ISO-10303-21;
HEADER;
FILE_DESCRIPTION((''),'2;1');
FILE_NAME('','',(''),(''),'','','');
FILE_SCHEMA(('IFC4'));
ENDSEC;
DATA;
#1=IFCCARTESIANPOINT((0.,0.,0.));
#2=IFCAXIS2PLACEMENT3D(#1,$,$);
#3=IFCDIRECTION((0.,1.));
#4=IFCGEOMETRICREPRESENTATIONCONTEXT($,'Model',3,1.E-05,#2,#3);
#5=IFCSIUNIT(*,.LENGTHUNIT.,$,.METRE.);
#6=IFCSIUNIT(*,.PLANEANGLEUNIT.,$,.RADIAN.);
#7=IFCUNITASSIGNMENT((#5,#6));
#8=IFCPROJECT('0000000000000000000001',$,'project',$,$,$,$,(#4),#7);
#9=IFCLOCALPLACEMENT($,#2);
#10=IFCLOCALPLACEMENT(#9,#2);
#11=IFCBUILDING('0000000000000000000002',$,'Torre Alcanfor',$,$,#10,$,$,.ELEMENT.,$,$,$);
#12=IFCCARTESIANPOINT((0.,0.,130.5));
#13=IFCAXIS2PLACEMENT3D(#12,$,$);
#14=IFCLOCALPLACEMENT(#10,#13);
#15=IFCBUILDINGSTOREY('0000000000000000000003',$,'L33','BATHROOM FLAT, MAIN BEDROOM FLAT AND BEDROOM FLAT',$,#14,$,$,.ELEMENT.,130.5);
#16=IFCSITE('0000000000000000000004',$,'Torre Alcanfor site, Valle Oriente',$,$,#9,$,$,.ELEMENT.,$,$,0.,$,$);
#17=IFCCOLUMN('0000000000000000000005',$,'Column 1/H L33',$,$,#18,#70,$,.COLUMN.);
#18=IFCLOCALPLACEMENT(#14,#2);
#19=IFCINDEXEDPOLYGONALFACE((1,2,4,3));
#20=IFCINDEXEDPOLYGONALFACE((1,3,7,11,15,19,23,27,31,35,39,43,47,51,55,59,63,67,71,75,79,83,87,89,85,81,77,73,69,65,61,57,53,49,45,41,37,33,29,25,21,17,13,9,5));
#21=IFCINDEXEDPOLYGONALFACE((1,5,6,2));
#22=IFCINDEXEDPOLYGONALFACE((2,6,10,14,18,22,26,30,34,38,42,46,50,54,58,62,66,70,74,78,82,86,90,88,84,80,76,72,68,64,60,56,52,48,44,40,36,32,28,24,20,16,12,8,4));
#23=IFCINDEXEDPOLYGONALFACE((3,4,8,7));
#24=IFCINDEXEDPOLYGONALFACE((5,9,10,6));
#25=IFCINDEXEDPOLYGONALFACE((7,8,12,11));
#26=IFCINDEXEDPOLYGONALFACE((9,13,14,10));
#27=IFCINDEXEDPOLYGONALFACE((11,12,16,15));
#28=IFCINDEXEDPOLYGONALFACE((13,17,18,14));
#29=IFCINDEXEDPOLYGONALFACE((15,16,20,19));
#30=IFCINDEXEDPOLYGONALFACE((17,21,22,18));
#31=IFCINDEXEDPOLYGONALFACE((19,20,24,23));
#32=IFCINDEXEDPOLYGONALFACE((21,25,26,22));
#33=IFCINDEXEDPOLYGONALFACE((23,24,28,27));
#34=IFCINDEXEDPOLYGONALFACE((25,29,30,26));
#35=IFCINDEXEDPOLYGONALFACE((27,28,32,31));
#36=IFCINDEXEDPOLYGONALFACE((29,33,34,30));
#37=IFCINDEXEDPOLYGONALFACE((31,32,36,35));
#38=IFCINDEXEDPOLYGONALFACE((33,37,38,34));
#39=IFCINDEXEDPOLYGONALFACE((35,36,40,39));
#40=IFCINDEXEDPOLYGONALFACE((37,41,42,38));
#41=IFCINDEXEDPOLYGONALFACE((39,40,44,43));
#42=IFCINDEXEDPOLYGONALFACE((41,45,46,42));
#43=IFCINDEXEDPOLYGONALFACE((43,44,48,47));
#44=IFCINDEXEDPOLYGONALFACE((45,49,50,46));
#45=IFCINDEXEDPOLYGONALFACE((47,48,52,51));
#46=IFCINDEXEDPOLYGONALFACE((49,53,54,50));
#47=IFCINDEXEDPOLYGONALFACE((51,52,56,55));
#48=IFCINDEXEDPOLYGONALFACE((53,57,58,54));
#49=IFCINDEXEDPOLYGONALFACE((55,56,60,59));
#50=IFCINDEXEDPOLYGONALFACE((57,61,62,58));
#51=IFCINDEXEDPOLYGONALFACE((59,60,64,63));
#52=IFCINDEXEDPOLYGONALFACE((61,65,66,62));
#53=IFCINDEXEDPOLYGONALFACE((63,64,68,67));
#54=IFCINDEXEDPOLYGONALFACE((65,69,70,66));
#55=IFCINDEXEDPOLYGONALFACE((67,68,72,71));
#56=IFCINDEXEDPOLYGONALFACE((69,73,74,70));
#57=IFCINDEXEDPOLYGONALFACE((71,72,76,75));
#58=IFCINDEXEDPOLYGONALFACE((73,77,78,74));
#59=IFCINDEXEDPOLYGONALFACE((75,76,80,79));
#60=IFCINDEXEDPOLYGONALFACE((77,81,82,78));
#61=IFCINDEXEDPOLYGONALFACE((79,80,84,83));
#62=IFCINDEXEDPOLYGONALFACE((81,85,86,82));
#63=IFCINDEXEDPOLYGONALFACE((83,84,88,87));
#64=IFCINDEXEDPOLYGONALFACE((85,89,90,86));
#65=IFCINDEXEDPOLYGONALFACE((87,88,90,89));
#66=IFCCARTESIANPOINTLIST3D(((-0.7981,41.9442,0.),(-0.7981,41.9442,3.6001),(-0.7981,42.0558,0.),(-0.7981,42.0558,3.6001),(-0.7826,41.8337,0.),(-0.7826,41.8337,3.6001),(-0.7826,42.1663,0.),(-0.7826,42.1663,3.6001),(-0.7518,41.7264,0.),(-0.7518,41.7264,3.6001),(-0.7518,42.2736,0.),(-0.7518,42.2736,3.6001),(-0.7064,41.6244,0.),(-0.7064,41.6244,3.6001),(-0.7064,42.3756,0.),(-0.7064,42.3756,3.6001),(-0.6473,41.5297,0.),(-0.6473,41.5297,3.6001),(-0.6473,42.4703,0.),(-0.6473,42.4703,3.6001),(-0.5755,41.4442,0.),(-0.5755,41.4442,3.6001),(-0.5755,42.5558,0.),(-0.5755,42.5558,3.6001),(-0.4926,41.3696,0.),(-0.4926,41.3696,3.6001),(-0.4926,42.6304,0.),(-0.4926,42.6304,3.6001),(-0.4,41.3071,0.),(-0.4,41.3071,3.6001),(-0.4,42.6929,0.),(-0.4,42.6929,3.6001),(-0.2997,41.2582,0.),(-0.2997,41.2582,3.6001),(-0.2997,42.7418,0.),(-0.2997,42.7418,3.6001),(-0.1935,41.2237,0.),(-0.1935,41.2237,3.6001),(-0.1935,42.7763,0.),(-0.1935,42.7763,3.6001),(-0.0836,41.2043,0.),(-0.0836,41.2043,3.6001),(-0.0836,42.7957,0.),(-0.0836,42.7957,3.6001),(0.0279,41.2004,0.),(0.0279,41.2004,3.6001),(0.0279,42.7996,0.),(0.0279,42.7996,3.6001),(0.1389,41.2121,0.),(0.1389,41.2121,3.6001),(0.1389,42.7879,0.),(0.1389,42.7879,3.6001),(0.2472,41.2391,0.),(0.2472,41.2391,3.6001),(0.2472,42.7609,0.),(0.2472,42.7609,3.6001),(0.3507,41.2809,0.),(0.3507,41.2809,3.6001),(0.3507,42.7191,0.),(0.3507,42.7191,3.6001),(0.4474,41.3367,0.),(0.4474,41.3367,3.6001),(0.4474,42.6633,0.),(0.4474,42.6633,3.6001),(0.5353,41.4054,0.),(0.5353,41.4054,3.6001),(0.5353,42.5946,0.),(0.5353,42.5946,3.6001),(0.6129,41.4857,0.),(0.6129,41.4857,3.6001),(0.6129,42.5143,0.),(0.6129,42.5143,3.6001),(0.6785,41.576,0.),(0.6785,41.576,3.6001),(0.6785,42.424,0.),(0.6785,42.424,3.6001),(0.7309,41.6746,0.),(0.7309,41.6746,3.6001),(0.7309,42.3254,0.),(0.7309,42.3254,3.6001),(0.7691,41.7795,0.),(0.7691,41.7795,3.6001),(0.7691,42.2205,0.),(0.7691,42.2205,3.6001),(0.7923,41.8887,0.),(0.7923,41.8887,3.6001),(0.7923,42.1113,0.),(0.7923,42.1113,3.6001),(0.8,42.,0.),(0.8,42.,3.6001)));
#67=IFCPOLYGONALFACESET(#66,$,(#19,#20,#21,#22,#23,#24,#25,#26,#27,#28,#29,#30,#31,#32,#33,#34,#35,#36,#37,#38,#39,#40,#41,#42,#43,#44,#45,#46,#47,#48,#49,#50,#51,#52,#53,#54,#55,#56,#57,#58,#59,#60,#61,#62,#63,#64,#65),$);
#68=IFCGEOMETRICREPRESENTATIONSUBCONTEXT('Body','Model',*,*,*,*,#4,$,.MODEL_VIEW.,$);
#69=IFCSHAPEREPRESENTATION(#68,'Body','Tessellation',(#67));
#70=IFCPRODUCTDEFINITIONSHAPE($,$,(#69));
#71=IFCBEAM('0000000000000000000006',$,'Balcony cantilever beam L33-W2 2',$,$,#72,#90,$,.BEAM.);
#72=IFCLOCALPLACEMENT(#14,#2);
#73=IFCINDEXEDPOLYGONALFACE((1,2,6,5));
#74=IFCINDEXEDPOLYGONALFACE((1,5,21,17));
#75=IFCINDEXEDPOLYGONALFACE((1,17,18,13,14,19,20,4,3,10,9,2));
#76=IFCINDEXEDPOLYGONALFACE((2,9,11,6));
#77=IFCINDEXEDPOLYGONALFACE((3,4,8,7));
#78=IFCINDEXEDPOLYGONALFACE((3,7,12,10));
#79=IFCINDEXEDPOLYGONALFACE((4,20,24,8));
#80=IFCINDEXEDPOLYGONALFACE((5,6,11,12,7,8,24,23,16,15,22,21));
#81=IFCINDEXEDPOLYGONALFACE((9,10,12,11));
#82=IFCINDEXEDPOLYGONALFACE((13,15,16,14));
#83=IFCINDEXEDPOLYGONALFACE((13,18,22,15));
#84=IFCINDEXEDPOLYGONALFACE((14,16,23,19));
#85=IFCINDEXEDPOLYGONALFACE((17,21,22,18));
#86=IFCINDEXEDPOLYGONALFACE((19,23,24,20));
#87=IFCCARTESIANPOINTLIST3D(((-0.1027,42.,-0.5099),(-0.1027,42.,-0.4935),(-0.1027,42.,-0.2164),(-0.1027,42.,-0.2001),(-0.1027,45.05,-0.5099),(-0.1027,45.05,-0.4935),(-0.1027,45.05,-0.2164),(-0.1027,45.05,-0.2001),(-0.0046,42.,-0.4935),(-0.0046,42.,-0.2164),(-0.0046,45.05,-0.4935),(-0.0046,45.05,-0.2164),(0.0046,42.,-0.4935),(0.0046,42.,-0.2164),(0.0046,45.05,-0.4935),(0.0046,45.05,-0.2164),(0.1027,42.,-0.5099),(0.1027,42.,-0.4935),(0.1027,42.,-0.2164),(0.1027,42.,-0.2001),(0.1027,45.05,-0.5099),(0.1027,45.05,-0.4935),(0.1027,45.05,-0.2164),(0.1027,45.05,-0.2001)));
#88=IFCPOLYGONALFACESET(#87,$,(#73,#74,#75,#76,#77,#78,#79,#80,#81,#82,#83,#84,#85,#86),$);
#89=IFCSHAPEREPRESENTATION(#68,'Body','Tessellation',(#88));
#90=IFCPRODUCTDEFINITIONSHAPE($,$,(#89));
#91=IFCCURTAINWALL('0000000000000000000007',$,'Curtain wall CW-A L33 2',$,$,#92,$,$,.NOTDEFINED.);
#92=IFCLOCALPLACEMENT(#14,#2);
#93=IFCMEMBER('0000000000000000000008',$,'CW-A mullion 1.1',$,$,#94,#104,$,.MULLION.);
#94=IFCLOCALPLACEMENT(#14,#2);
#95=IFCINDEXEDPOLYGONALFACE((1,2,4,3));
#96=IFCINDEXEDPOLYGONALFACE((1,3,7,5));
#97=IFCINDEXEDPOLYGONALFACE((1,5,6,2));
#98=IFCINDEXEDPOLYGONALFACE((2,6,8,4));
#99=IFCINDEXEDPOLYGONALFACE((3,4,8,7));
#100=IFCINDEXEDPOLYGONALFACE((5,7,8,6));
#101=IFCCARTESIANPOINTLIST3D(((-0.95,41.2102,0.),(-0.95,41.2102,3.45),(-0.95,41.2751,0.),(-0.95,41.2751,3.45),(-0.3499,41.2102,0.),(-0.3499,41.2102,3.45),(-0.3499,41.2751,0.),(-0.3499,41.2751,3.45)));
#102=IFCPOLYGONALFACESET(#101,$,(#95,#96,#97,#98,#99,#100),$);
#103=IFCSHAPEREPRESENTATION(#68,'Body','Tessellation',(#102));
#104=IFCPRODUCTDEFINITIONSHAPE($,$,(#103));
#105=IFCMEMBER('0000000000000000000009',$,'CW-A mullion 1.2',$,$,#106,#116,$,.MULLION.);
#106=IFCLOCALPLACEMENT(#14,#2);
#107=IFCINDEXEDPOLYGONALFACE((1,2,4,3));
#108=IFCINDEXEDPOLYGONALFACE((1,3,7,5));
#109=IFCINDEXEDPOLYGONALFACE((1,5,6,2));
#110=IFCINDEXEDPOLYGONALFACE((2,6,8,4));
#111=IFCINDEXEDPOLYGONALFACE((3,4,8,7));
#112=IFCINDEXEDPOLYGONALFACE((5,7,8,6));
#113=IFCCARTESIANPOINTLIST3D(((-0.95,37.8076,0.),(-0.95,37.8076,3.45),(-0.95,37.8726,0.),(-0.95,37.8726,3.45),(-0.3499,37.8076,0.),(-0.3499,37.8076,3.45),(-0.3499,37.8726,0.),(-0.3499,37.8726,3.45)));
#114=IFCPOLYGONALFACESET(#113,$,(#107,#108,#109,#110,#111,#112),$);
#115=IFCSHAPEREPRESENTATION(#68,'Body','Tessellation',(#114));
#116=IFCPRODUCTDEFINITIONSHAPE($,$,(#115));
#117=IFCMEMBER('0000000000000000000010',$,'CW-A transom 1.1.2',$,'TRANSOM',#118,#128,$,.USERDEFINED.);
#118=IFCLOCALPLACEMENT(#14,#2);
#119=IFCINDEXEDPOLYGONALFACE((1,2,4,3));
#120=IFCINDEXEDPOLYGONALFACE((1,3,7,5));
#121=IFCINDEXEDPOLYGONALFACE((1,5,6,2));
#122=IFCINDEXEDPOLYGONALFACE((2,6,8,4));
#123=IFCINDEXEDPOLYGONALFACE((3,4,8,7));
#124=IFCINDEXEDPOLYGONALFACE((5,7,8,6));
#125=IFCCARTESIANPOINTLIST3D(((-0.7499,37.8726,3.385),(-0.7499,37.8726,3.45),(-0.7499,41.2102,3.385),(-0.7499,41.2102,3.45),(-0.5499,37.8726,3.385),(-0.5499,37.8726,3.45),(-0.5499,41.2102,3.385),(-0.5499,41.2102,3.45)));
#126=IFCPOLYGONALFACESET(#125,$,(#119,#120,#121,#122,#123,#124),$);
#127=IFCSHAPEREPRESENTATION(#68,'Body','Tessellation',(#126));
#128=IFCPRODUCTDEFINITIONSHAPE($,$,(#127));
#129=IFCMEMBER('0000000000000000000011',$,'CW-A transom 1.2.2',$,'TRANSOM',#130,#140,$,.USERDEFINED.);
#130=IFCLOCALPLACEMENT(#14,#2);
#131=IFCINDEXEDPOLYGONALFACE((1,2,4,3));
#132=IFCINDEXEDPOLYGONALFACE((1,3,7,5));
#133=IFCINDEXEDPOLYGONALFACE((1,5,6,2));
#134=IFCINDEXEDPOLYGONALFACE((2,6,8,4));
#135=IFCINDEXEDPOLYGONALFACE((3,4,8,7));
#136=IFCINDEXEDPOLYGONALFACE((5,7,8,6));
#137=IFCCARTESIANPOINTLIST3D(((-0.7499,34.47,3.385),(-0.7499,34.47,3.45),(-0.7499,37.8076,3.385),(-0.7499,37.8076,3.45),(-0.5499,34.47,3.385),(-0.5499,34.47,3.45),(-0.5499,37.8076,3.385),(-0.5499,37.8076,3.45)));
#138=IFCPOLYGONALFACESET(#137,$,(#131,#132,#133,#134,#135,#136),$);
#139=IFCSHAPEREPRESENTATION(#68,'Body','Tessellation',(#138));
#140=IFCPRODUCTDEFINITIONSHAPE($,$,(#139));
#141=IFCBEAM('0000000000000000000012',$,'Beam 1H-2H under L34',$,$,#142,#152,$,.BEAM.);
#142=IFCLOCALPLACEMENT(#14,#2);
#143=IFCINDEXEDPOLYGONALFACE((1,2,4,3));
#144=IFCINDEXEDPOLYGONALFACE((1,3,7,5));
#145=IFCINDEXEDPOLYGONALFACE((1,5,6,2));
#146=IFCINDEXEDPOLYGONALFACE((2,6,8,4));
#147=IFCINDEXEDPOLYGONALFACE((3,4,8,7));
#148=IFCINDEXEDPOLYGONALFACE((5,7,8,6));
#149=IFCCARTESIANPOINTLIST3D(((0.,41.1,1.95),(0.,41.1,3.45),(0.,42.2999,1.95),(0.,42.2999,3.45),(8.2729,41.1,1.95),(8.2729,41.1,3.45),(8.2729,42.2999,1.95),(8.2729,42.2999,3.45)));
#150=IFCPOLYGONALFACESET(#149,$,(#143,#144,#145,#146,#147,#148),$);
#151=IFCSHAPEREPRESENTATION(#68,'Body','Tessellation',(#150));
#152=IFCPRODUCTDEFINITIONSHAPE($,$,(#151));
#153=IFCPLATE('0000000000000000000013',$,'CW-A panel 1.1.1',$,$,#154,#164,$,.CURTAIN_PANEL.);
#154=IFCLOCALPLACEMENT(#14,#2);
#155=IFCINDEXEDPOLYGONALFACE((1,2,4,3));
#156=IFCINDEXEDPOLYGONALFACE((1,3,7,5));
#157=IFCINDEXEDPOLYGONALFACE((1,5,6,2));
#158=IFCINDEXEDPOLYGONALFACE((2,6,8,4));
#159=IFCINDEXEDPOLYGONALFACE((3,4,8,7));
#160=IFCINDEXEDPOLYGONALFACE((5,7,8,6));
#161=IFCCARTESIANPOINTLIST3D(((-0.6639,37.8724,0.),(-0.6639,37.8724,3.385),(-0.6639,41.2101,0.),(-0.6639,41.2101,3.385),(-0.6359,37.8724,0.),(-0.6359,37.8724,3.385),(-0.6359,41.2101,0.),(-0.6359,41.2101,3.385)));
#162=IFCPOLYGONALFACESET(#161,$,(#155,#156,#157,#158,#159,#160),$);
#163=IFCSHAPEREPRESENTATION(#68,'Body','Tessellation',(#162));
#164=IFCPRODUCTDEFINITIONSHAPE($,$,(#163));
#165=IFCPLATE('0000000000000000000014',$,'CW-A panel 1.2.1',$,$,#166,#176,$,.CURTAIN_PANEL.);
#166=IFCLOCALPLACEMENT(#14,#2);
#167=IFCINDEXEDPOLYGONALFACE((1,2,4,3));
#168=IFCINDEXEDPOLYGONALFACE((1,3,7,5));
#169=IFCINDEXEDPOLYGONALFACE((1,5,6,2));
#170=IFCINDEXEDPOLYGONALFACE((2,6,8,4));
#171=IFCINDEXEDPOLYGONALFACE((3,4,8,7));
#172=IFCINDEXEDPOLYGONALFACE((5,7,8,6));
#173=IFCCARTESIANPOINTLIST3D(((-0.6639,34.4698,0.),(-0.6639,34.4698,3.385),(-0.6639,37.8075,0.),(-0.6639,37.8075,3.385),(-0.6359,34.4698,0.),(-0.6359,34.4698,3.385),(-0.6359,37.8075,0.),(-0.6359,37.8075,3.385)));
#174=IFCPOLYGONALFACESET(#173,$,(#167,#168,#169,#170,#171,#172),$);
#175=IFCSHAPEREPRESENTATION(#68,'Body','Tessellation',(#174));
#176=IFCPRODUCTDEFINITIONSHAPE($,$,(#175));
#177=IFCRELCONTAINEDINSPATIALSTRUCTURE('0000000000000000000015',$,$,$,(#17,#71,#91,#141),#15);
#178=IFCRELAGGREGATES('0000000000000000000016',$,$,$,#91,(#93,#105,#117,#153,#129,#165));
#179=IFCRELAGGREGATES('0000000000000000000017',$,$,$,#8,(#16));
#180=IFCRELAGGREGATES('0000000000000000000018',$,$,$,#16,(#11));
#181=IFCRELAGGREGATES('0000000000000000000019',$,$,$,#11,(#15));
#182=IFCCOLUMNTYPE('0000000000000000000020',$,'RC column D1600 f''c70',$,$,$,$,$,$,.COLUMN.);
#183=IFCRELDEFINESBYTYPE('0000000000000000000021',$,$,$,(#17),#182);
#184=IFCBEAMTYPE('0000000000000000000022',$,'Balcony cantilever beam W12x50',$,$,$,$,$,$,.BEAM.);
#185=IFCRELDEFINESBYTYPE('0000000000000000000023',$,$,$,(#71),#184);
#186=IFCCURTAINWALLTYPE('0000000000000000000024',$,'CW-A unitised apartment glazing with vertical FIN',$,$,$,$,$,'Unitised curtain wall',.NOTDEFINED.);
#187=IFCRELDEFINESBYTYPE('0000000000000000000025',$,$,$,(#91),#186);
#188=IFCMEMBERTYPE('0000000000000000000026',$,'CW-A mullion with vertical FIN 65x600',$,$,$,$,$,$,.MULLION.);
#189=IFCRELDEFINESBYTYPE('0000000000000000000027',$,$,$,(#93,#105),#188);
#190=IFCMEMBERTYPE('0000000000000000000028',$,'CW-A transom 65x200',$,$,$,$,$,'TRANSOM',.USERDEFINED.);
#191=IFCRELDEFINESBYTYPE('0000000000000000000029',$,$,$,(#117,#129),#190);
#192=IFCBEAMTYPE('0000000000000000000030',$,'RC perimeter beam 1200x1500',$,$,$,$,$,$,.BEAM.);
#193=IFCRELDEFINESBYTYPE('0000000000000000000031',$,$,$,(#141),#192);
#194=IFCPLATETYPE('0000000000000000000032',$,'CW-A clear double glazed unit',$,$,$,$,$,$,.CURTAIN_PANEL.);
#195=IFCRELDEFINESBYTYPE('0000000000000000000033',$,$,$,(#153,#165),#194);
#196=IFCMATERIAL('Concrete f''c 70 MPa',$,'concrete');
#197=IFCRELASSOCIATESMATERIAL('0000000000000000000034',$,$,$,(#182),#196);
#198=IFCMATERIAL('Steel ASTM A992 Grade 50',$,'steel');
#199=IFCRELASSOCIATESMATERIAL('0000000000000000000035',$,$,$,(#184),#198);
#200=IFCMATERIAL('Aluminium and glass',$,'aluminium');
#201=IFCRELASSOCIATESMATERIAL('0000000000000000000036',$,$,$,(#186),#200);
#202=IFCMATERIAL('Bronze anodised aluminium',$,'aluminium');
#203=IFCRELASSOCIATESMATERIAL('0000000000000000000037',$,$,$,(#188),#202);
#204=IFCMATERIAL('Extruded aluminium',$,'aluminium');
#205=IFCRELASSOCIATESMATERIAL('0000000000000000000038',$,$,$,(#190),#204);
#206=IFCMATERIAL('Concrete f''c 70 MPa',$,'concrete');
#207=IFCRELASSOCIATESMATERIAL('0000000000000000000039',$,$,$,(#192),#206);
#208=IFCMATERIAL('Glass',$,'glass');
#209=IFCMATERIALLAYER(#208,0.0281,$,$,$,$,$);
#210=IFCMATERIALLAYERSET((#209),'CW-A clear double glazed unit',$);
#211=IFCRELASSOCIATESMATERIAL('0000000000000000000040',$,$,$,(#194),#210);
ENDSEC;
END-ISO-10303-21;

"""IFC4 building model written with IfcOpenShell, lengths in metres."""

from ifc_helpers import new_model, si_unit, direction, frame, origin, origin_2d, place, context, subcontext, project, spatial, rectangle, circle, i_section, extrude, material, layer, layer_set, material_profile, profile_set, type_object, element, aggregate, save


model = new_model("IFC4")

# Units and contexts
model_context = context("Model", 3, precision=1e-05, world=origin(), true_north=direction((0.0, 1.0)))
body_context = subcontext(model_context, "Body", "Model", "MODEL_VIEW")
ifc_project = project(units=[si_unit("LENGTHUNIT", "METRE"), si_unit("PLANEANGLEUNIT", "RADIAN")], contexts=[model_context])

# Site, building, storey
site_placement = place(None, origin())
site = spatial("IfcSite", under=ifc_project, at=site_placement, Name="Torre Alcanfor site, Valle Oriente", CompositionType="ELEMENT", RefElevation=0.0)
building_placement = place(site_placement, origin())
building = spatial("IfcBuilding", under=site, at=building_placement, Name="Torre Alcanfor", CompositionType="ELEMENT")
storey_placement = place(building_placement, frame((0.0, 0.0, 130.5)))
storey = spatial("IfcBuildingStorey", under=building, at=storey_placement, Name="L33", Description="BATHROOM FLAT, MAIN BEDROOM FLAT AND BEDROOM FLAT", CompositionType="ELEMENT", Elevation=130.5)

# Column
ifc_material_1 = material(Name="Concrete f'c 70 MPa", Category="concrete")
ifc_material_profile_1 = material_profile(ifc_material_1, circle(Radius=0.8, at=origin_2d()), Name="D1600")
ifc_profile_set_1 = profile_set([ifc_material_profile_1], Name="Concrete f'c 70 MPa")
column_type = type_object("IfcColumnType", Name="RC column D1600 f'c70", PredefinedType="COLUMN", material=ifc_profile_set_1)
column_placement = place(storey_placement, frame((0.0, 42.0, 0.0), z_axis=(0.0, 0.0, 1.0), x_axis=(1.0, 0.0, 0.0)))
element("IfcColumn", 1, at=column_placement, inside=storey, type_object=column_type, Name="Column 1/H L33", PredefinedType="COLUMN", context=body_context, shape_type="SweptSolid", body=[
    extrude(circle(Radius=0.8, at=origin_2d()), origin(), (0.0, 0.0, 1.0), 3.6001),
])

# Beam
ifc_material_2 = material(Name="Steel ASTM A992 Grade 50", Category="steel")
ifc_material_profile_2 = material_profile(ifc_material_2, i_section(OverallWidth=0.2053, OverallDepth=0.3098, WebThickness=0.0093, FlangeThickness=0.0164, at=origin_2d()), Name="W12x50")
ifc_profile_set_2 = profile_set([ifc_material_profile_2], Name="Steel ASTM A992 Grade 50")
beam_type_1 = type_object("IfcBeamType", Name="Balcony cantilever beam W12x50", PredefinedType="BEAM", material=ifc_profile_set_2)
beam_1_placement = place(storey_placement, frame((0.0, 42.0, -0.355), z_axis=(0.0, 1.0, 0.0), x_axis=(-1.0, 0.0, 0.0)))
element("IfcBeam", 2, at=beam_1_placement, inside=storey, type_object=beam_type_1, Name="Balcony cantilever beam L33-W2 2", PredefinedType="BEAM", context=body_context, shape_type="SweptSolid", body=[
    extrude(i_section(OverallWidth=0.2053, OverallDepth=0.3098, WebThickness=0.0093, FlangeThickness=0.0164, at=origin_2d()), origin(), (0.0, 0.0, 1.0), 3.05),
])

# Curtain wall, members
ifc_material_3 = material(Name="Aluminium and glass", Category="aluminium")
curtain_wall_type = type_object("IfcCurtainWallType", Name="CW-A unitised apartment glazing with vertical FIN", ElementType="Unitised curtain wall", PredefinedType="NOTDEFINED", material=ifc_material_3)
curtain_wall_placement = place(storey_placement, origin())
curtain_wall = element("IfcCurtainWall", 3, at=curtain_wall_placement, inside=storey, type_object=curtain_wall_type, Name="Curtain wall CW-A L33 2", PredefinedType="NOTDEFINED")
ifc_material_4 = material(Name="Bronze anodised aluminium", Category="aluminium")
ifc_material_profile_3 = material_profile(ifc_material_4, rectangle(XDim=0.6001, YDim=0.0649, at=origin_2d()), Name="CW-A mullion 65x600")
ifc_profile_set_3 = profile_set([ifc_material_profile_3], Name="Bronze anodised aluminium")
member_type_1 = type_object("IfcMemberType", Name="CW-A mullion with vertical FIN 65x600", PredefinedType="MULLION", material=ifc_profile_set_3)
member_1_placement = place(storey_placement, frame((-0.6499, 41.2427, 0.0), z_axis=(0.0, 0.0, 1.0), x_axis=(1.0, 0.0, 0.0)))
member_1 = element("IfcMember", 4, at=member_1_placement, type_object=member_type_1, Name="CW-A mullion 1.1", PredefinedType="MULLION", context=body_context, shape_type="SweptSolid", body=[
    extrude(rectangle(XDim=0.6001, YDim=0.0649, at=origin_2d()), origin(), (0.0, 0.0, 1.0), 3.45),
])
member_2_placement = place(storey_placement, frame((-0.6499, 37.8401, 0.0), z_axis=(0.0, 0.0, 1.0), x_axis=(1.0, 0.0, 0.0)))
member_2 = element("IfcMember", 5, at=member_2_placement, type_object=member_type_1, Name="CW-A mullion 1.2", PredefinedType="MULLION", context=body_context, shape_type="SweptSolid", body=[
    extrude(rectangle(XDim=0.6001, YDim=0.0649, at=origin_2d()), origin(), (0.0, 0.0, 1.0), 3.45),
])
ifc_material_5 = material(Name="Extruded aluminium", Category="aluminium")
ifc_material_profile_4 = material_profile(ifc_material_5, rectangle(XDim=0.2, YDim=0.0649, at=origin_2d()), Name="CW-A transom 200x65")
ifc_profile_set_4 = profile_set([ifc_material_profile_4], Name="Extruded aluminium")
member_type_2 = type_object("IfcMemberType", Name="CW-A transom 65x200", ElementType="TRANSOM", PredefinedType="USERDEFINED", material=ifc_profile_set_4)
member_3_placement = place(storey_placement, frame((-0.6499, 41.2102, 3.4175), z_axis=(0.0, -1.0, 0.0), x_axis=(1.0, 0.0, 0.0)))
member_3 = element("IfcMember", 6, at=member_3_placement, type_object=member_type_2, Name="CW-A transom 1.1.2", ObjectType="TRANSOM", PredefinedType="USERDEFINED", context=body_context, shape_type="SweptSolid", body=[
    extrude(rectangle(XDim=0.2, YDim=0.0649, at=origin_2d()), origin(), (0.0, 0.0, 1.0), 3.3376),
])
member_4_placement = place(storey_placement, frame((-0.6499, 37.8076, 3.4175), z_axis=(0.0, -1.0, 0.0), x_axis=(1.0, 0.0, 0.0)))
member_4 = element("IfcMember", 7, at=member_4_placement, type_object=member_type_2, Name="CW-A transom 1.2.2", ObjectType="TRANSOM", PredefinedType="USERDEFINED", context=body_context, shape_type="SweptSolid", body=[
    extrude(rectangle(XDim=0.2, YDim=0.0649, at=origin_2d()), origin(), (0.0, 0.0, 1.0), 3.3376),
])

# Beam
ifc_material_6 = material(Name="Concrete f'c 70 MPa", Category="concrete")
ifc_material_profile_5 = material_profile(ifc_material_6, rectangle(XDim=1.2, YDim=1.5, at=origin_2d()), Name="1200x1500")
ifc_profile_set_5 = profile_set([ifc_material_profile_5], Name="Concrete f'c 70 MPa")
beam_type_2 = type_object("IfcBeamType", Name="RC perimeter beam 1200x1500", PredefinedType="BEAM", material=ifc_profile_set_5)
beam_2_placement = place(storey_placement, frame((0.0, 41.7, 2.7), z_axis=(1.0, 0.0, 0.0), x_axis=(0.0, 1.0, 0.0)))
element("IfcBeam", 8, at=beam_2_placement, inside=storey, type_object=beam_type_2, Name="Beam 1H-2H under L34", PredefinedType="BEAM", context=body_context, shape_type="SweptSolid", body=[
    extrude(rectangle(XDim=1.2, YDim=1.5, at=origin_2d()), origin(), (0.0, 0.0, 1.0), 8.2729),
])

# Plates
ifc_material_7 = material(Name="Glass", Category="glass")
ifc_layer_1 = layer(ifc_material_7, 0.0281)
ifc_layer_set_1 = layer_set([ifc_layer_1], Name="CW-A clear double glazed unit")
plate_type = type_object("IfcPlateType", Name="CW-A clear double glazed unit", PredefinedType="CURTAIN_PANEL", material=ifc_layer_set_1)
plate_1_placement = place(storey_placement, frame((-0.6499, 39.5413, 0.0), z_axis=(0.0, 0.0, 1.0), x_axis=(0.0, -1.0, 0.0)))
plate_1 = element("IfcPlate", 9, at=plate_1_placement, type_object=plate_type, Name="CW-A panel 1.1.1", PredefinedType="CURTAIN_PANEL", context=body_context, shape_type="SweptSolid", body=[
    extrude(rectangle(XDim=3.3376, YDim=0.0281, at=origin_2d()), origin(), (0.0, 0.0, 1.0), 3.385),
])
plate_2_placement = place(storey_placement, frame((-0.6499, 36.1387, 0.0), z_axis=(0.0, 0.0, 1.0), x_axis=(0.0, -1.0, 0.0)))
plate_2 = element("IfcPlate", 10, at=plate_2_placement, type_object=plate_type, Name="CW-A panel 1.2.1", PredefinedType="CURTAIN_PANEL", context=body_context, shape_type="SweptSolid", body=[
    extrude(rectangle(XDim=3.3376, YDim=0.0281, at=origin_2d()), origin(), (0.0, 0.0, 1.0), 3.385),
])
aggregate(curtain_wall, [member_1, member_2, member_3, plate_1, member_4, plate_2])

save(model, "model.ifc")
